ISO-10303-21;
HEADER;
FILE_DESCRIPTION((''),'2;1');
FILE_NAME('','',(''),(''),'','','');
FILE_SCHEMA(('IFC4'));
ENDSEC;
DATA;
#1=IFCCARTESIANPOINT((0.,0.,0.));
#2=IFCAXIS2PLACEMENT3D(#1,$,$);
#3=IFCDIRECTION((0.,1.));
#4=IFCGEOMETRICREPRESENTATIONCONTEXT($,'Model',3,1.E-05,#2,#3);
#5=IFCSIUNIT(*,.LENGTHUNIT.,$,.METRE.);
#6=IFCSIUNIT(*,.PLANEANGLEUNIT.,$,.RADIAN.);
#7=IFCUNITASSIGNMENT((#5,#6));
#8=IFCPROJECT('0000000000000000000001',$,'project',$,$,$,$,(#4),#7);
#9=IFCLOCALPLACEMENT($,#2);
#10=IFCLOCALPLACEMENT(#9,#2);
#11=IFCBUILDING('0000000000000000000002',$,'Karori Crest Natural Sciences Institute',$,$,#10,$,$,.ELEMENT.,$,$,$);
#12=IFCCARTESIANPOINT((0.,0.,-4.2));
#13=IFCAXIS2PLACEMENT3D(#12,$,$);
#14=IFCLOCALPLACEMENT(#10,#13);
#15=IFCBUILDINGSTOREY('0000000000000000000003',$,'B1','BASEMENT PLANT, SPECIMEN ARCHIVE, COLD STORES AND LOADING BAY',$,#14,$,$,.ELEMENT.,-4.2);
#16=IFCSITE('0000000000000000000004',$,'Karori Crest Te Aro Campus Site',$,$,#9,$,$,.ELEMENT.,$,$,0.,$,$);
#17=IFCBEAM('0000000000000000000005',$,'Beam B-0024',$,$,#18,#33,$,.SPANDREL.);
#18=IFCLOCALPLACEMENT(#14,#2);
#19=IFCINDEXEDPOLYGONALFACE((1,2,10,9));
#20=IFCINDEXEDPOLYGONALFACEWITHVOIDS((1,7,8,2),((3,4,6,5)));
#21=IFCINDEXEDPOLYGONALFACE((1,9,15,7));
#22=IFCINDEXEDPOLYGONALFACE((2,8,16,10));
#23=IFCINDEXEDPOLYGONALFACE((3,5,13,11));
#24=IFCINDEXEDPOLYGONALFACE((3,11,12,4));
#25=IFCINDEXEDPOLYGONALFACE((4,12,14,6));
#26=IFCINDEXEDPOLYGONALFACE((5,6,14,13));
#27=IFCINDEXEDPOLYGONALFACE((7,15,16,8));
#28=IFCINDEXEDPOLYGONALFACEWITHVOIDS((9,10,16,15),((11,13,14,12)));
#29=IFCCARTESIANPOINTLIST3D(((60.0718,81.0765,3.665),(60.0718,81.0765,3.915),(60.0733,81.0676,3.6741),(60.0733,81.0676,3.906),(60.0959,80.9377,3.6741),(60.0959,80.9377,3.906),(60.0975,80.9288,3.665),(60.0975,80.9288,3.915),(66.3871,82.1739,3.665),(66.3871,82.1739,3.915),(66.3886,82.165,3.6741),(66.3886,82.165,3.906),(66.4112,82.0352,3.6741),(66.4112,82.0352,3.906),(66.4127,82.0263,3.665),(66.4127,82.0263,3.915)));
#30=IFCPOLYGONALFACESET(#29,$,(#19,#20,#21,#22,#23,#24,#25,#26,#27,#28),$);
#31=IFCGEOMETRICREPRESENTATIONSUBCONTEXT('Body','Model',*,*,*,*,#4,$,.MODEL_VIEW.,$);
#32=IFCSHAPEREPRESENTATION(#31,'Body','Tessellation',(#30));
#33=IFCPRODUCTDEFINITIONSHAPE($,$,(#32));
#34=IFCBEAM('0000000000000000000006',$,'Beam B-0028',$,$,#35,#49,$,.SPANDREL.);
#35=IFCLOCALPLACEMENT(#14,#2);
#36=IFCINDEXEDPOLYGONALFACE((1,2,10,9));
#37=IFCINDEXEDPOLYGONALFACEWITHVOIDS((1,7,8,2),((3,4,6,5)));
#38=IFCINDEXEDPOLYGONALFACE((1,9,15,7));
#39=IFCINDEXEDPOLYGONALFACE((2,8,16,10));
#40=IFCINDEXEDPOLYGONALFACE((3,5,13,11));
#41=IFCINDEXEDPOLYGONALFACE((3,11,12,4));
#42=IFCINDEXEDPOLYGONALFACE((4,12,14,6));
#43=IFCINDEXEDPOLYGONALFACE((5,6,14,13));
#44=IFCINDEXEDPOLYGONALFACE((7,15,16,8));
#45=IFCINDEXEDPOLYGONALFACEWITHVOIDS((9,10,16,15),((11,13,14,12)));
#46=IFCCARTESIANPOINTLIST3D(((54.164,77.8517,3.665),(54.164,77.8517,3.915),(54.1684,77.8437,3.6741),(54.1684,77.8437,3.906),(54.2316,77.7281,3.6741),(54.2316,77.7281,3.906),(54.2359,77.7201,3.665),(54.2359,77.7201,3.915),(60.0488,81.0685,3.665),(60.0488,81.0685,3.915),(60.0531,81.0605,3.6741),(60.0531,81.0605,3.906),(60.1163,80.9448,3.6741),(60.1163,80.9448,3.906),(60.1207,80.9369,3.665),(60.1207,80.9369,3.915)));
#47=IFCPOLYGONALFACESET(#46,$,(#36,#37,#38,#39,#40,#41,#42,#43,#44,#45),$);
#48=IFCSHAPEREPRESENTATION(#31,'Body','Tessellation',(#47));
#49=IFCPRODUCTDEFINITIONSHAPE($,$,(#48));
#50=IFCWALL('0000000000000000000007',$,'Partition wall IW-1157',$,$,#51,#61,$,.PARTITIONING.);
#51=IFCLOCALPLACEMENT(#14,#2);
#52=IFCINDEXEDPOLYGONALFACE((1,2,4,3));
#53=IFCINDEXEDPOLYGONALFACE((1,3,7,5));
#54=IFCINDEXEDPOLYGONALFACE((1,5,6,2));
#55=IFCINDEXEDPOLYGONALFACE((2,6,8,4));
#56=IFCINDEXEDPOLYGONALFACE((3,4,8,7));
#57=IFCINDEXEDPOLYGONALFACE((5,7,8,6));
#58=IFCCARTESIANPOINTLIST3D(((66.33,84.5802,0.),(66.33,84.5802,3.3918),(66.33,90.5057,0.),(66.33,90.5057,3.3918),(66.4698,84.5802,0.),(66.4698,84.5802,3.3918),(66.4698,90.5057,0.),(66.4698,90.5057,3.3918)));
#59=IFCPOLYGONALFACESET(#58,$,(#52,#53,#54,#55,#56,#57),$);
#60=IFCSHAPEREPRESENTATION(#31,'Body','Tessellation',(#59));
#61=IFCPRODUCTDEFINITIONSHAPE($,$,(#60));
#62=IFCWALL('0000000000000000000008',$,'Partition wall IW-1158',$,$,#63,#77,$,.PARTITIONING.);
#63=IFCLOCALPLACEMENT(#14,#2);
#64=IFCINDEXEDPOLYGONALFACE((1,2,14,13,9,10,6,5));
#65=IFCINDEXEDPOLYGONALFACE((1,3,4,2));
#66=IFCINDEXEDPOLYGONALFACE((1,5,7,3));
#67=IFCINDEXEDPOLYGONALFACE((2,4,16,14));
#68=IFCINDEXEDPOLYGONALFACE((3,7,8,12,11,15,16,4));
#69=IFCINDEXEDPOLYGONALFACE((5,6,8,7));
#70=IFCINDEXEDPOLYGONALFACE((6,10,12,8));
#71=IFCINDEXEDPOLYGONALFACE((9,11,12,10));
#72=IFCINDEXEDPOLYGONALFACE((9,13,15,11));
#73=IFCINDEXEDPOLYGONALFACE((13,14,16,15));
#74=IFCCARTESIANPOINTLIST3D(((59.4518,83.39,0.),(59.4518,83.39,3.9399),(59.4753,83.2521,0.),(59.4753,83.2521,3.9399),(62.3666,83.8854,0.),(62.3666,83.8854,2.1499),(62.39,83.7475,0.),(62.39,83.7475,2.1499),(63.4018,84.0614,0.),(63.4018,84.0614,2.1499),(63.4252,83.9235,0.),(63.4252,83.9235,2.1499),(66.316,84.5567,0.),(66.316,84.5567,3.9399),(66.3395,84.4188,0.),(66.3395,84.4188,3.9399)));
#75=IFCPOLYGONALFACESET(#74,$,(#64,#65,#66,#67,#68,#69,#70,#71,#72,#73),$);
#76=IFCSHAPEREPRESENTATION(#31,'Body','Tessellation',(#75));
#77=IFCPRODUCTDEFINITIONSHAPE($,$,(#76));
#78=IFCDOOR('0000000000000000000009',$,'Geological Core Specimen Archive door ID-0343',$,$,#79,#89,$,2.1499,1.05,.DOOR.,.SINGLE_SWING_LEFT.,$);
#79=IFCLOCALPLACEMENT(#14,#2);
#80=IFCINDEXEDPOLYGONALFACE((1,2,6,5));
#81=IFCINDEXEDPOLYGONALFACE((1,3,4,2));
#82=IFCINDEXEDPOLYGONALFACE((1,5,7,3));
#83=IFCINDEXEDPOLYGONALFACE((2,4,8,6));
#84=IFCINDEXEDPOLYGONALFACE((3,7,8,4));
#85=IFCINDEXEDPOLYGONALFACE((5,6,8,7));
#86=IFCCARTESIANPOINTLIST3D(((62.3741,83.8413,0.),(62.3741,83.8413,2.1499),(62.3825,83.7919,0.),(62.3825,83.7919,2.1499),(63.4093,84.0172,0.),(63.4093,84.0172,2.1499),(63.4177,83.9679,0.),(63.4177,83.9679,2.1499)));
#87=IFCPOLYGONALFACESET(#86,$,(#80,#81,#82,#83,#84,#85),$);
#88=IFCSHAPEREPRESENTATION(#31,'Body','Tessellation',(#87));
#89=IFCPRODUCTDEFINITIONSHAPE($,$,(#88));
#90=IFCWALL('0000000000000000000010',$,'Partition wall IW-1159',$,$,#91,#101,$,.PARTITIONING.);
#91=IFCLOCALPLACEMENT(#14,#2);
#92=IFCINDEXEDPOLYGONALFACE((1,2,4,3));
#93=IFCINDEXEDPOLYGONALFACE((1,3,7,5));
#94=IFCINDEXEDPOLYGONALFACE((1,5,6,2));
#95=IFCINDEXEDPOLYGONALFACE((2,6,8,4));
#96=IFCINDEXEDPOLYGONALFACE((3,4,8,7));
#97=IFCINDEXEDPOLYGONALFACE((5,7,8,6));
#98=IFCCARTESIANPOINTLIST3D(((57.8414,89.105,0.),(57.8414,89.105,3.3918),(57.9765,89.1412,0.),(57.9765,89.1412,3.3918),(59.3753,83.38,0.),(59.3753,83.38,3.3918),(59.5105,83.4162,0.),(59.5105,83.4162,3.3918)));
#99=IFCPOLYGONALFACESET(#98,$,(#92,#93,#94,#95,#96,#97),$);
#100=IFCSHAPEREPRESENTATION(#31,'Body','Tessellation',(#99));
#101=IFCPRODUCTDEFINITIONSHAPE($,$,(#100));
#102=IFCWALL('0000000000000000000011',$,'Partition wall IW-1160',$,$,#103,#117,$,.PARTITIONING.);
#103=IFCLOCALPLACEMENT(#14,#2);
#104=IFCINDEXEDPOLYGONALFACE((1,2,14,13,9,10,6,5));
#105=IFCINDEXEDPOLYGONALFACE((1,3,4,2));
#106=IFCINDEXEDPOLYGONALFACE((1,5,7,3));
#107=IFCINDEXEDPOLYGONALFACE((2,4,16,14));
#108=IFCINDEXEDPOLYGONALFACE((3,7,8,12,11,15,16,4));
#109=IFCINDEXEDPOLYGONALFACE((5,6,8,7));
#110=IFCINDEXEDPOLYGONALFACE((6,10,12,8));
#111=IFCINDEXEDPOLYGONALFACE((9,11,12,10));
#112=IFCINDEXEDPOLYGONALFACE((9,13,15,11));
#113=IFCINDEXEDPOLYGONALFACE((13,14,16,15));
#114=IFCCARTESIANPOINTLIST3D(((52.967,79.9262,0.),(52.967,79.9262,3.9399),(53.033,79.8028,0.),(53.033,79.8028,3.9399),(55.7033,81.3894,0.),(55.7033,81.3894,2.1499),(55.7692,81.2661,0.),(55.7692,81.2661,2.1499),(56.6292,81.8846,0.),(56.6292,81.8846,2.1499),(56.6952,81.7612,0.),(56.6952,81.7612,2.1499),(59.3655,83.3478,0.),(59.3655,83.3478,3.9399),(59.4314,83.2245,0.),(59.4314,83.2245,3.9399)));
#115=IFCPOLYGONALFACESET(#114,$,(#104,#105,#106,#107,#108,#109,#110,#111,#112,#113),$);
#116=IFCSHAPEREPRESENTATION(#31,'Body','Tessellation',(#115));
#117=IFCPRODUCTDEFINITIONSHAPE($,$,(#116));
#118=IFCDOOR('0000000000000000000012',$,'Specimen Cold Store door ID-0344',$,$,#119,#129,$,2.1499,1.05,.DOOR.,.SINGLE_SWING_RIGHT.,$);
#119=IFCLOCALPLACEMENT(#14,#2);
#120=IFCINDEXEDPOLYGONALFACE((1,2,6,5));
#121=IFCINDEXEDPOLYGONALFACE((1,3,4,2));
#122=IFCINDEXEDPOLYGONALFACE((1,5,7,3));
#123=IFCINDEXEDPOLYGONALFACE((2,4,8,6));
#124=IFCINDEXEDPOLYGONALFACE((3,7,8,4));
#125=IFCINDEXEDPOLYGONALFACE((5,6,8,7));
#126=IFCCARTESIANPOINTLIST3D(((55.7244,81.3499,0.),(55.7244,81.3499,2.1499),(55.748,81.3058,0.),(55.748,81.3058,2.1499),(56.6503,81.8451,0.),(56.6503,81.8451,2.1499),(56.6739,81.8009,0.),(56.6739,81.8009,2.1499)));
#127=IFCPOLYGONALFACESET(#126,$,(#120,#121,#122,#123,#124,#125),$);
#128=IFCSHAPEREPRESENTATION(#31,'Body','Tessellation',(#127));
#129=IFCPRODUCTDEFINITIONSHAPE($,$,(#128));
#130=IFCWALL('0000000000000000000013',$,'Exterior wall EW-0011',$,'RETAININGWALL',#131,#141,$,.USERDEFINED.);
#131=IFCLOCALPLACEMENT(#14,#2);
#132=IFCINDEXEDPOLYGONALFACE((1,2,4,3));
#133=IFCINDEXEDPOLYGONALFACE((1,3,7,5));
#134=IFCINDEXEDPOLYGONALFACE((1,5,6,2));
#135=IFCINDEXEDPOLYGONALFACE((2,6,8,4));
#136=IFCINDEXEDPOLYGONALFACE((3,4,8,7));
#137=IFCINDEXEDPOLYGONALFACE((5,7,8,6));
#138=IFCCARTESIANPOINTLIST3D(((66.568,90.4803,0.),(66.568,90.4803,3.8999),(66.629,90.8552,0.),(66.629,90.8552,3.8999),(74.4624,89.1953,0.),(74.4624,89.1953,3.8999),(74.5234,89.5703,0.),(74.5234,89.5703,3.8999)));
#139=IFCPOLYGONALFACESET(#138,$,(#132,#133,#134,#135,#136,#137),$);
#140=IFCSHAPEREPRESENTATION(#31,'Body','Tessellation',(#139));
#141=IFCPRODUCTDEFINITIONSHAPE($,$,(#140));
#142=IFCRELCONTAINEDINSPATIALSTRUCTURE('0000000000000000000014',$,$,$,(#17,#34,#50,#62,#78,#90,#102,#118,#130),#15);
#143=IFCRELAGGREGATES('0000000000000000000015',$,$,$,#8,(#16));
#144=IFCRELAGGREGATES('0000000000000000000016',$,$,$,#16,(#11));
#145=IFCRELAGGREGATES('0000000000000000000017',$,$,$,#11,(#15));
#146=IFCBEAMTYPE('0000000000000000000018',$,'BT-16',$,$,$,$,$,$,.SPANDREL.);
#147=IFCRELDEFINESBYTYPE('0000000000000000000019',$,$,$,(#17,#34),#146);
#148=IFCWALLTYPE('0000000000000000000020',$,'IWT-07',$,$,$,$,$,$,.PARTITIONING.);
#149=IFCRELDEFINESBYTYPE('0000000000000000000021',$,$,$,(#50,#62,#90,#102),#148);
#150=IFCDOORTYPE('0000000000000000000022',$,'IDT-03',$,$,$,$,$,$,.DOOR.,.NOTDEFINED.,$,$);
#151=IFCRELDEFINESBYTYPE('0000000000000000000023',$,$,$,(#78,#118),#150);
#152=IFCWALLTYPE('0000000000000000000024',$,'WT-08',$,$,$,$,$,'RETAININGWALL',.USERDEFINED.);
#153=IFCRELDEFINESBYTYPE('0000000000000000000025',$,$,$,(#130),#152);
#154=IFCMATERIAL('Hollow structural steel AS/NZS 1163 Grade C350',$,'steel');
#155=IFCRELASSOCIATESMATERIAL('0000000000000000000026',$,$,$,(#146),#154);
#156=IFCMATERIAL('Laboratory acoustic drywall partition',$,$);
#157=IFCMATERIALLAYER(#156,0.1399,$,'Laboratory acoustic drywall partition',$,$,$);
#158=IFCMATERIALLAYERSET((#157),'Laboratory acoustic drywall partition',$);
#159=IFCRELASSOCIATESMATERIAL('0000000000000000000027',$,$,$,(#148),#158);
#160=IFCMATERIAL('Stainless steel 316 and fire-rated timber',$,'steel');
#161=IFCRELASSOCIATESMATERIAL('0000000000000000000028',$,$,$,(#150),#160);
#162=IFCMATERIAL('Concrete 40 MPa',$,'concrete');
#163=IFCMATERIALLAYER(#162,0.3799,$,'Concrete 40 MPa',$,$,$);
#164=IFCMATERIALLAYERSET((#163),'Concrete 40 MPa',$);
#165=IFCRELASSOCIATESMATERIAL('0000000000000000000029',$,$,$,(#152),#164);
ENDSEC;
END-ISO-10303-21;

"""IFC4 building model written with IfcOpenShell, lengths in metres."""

from ifc_helpers import new_model, si_unit, direction, frame, frame_2d, origin, origin_2d, place, context, subcontext, project, spatial, rectangle, hollow_rectangle, extrude, material, layer, layer_set, material_profile, profile_set, type_object, element, fill, save


model = new_model("IFC4")

# Units and contexts
model_context = context("Model", 3, precision=1e-05, world=origin(), true_north=direction((0.0, 1.0)))
body_context = subcontext(model_context, "Body", "Model", "MODEL_VIEW")
ifc_project = project(units=[si_unit("LENGTHUNIT", "METRE"), si_unit("PLANEANGLEUNIT", "RADIAN")], contexts=[model_context])

# Site, building, storey
site_placement = place(None, origin())
site = spatial("IfcSite", under=ifc_project, at=site_placement, Name="Karori Crest Te Aro Campus Site", CompositionType="ELEMENT", RefElevation=0.0)
building_placement = place(site_placement, origin())
building = spatial("IfcBuilding", under=site, at=building_placement, Name="Karori Crest Natural Sciences Institute", CompositionType="ELEMENT")
storey_placement = place(building_placement, frame((0.0, 0.0, -4.2)))
storey = spatial("IfcBuildingStorey", under=building, at=storey_placement, Name="B1", Description="BASEMENT PLANT, SPECIMEN ARCHIVE, COLD STORES AND LOADING BAY", CompositionType="ELEMENT", Elevation=-4.2)

# Shared definitions
ifc_material_1 = material(Name="Concrete 40 MPa", Category="concrete")

# Shared definitions
ifc_material_2 = material(Name="Hollow structural steel AS/NZS 1163 Grade C350", Category="steel")

# Beams
ifc_material_profile_1 = material_profile(ifc_material_2, hollow_rectangle(XDim=0.1499, YDim=0.25, WallThickness=0.009, at=origin_2d()), Name="RHS250x150x9")
ifc_profile_set_1 = profile_set([ifc_material_profile_1], Name="Hollow structural steel AS/NZS 1163 Grade C350")
beam_type_1 = type_object("IfcBeamType", Name="BT-16", PredefinedType="SPANDREL", material=ifc_profile_set_1)
for number, where, z_axis, x_axis, name in (
    (1, (66.3999, 82.1001, 3.79), (-0.985235, -0.171208, 0.0), (0.171208, -0.985235, 0.0), "Beam B-0024"),
):
    element("IfcBeam", number, at=place(storey_placement, frame(where, z_axis=z_axis, x_axis=x_axis)), inside=storey, type_object=beam_type_1, Name=name, PredefinedType="SPANDREL", context=body_context, shape_type="SweptSolid", body=[
        extrude(hollow_rectangle(XDim=0.1499, YDim=0.25, WallThickness=0.009, at=origin_2d()), origin(), (0.0, 0.0, 1.0), 6.4099),
    ])
beam_1_placement = place(storey_placement, frame((60.0847, 81.0027, 3.79), z_axis=(-0.877461, -0.479648, 0.0), x_axis=(0.479648, -0.877461, 0.0)))
element("IfcBeam", 2, at=beam_1_placement, inside=storey, type_object=beam_type_1, Name="Beam B-0028", PredefinedType="SPANDREL", context=body_context, shape_type="SweptSolid", body=[
    extrude(hollow_rectangle(XDim=0.1499, YDim=0.25, WallThickness=0.009, at=origin_2d()), origin(), (0.0, 0.0, 1.0), 6.7065),
])

# Wall
ifc_material_3 = material(Name="Laboratory acoustic drywall partition")
ifc_layer_1 = layer(ifc_material_3, 0.1399, Name="Laboratory acoustic drywall partition")
ifc_layer_set_1 = layer_set([ifc_layer_1], Name="Laboratory acoustic drywall partition")
wall_type_1 = type_object("IfcWallType", Name="IWT-07", PredefinedType="PARTITIONING", material=ifc_layer_set_1)
wall_1_placement = place(storey_placement, frame((66.3999, 84.5801, 0.0), z_axis=(0.0, 0.0, 1.0), x_axis=(0.0, 1.0, 0.0)))
element("IfcWall", 3, at=wall_1_placement, inside=storey, type_object=wall_type_1, Name="Partition wall IW-1157", PredefinedType="PARTITIONING", context=body_context, shape_type="SweptSolid", body=[
    extrude(rectangle(XDim=5.9255, YDim=0.1399, at=frame_2d((2.9629, 0.0))), origin(), (0.0, 0.0, 1.0), 3.3918),
])

# Wall, opening, door
wall_2_placement = place(storey_placement, frame((66.3279, 84.4878, 0.0), z_axis=(0.0, 0.0, 1.0), x_axis=(-0.98586, -0.167571, 0.0)))
wall_2 = element("IfcWall", 4, at=wall_2_placement, inside=storey, type_object=wall_type_1, Name="Partition wall IW-1158", PredefinedType="PARTITIONING", context=body_context, shape_type="SweptSolid", body=[
    extrude(rectangle(XDim=6.9626, YDim=0.1399, at=frame_2d((3.4814, 0.0))), origin(), (0.0, 0.0, 1.0), 3.9399),
])
opening_1_placement = place(wall_2_placement, frame((2.9563, 0.0, 0.0)))
opening_1 = element("IfcOpeningElement", 5, at=opening_1_placement, cuts=wall_2, PredefinedType="OPENING", context=body_context, shape_type="SweptSolid", body=[
    extrude(rectangle(XDim=1.05, YDim=2.1499, at=frame_2d((0.5249, 1.075))), frame((0.0, 0.0801, 0.0), z_axis=(0.0, -1.0, 0.0), x_axis=(1.0, 0.0, 0.0)), (0.0, 0.0, 1.0), 0.1599),
])
ifc_material_4 = material(Name="Stainless steel 316 and fire-rated timber", Category="steel")
door_type = type_object("IfcDoorType", Name="IDT-03", OperationType="NOTDEFINED", PredefinedType="DOOR", material=ifc_material_4)
door_1_placement = place(opening_1_placement, origin())
door_1 = element("IfcDoor", 6, at=door_1_placement, inside=storey, type_object=door_type, Name="Geological Core Specimen Archive door ID-0343", OperationType="SINGLE_SWING_LEFT", OverallHeight=2.1499, OverallWidth=1.05, PredefinedType="DOOR", context=body_context, shape_type="SweptSolid", body=[
    extrude(rectangle(XDim=1.05, YDim=2.1499, at=frame_2d((0.5249, 1.075))), frame((0.0, 0.0249, 0.0), z_axis=(0.0, -1.0, 0.0), x_axis=(1.0, 0.0, 0.0)), (0.0, 0.0, 1.0), 0.05),
])
fill(opening_1, door_1)

# Wall
wall_3_placement = place(storey_placement, frame((59.4429, 83.3982, 0.0), z_axis=(0.0, 0.0, 1.0), x_axis=(-0.258803, 0.96593, 0.0)))
element("IfcWall", 7, at=wall_3_placement, inside=storey, type_object=wall_type_1, Name="Partition wall IW-1159", PredefinedType="PARTITIONING", context=body_context, shape_type="SweptSolid", body=[
    extrude(rectangle(XDim=5.927, YDim=0.1399, at=frame_2d((2.9634, 0.0))), origin(), (0.0, 0.0, 1.0), 3.3918),
])

# Wall, opening, door
wall_4_placement = place(storey_placement, frame((59.3984, 83.2861, 0.0), z_axis=(0.0, 0.0, 1.0), x_axis=(-0.88183, -0.471568, 0.0)))
wall_4 = element("IfcWall", 8, at=wall_4_placement, inside=storey, type_object=wall_type_1, Name="Partition wall IW-1160", PredefinedType="PARTITIONING", context=body_context, shape_type="SweptSolid", body=[
    extrude(rectangle(XDim=7.2559, YDim=0.1399, at=frame_2d((3.6279, 0.0))), origin(), (0.0, 0.0, 1.0), 3.9399),
])
opening_2_placement = place(wall_4_placement, frame((3.103, 0.0, 0.0)))
opening_2 = element("IfcOpeningElement", 9, at=opening_2_placement, cuts=wall_4, PredefinedType="OPENING", context=body_context, shape_type="SweptSolid", body=[
    extrude(rectangle(XDim=1.05, YDim=2.1499, at=frame_2d((0.5249, 1.075))), frame((0.0, 0.0801, 0.0), z_axis=(0.0, -1.0, 0.0), x_axis=(1.0, 0.0, 0.0)), (0.0, 0.0, 1.0), 0.1599),
])
door_2_placement = place(opening_2_placement, origin())
door_2 = element("IfcDoor", 10, at=door_2_placement, inside=storey, type_object=door_type, Name="Specimen Cold Store door ID-0344", OperationType="SINGLE_SWING_RIGHT", OverallHeight=2.1499, OverallWidth=1.05, PredefinedType="DOOR", context=body_context, shape_type="SweptSolid", body=[
    extrude(rectangle(XDim=1.05, YDim=2.1499, at=frame_2d((0.5249, 1.075))), frame((0.0, 0.0249, 0.0), z_axis=(0.0, -1.0, 0.0), x_axis=(1.0, 0.0, 0.0)), (0.0, 0.0, 1.0), 0.05),
])
fill(opening_2, door_2)

# Wall
ifc_layer_2 = layer(ifc_material_1, 0.3799, Name="Concrete 40 MPa")
ifc_layer_set_2 = layer_set([ifc_layer_2], Name="Concrete 40 MPa")
wall_type_2 = type_object("IfcWallType", Name="WT-08", ElementType="RETAININGWALL", PredefinedType="USERDEFINED", material=ifc_layer_set_2)
wall_5_placement = place(storey_placement, frame((66.5986, 90.6677, 0.0), z_axis=(0.0, 0.0, 1.0), x_axis=(0.987011, -0.160651, 0.0)))
element("IfcWall", 11, at=wall_5_placement, inside=storey, type_object=wall_type_2, Name="Exterior wall EW-0011", ObjectType="RETAININGWALL", PredefinedType="USERDEFINED", context=body_context, shape_type="SweptSolid", body=[
    extrude(rectangle(XDim=7.9983, YDim=0.3799, at=frame_2d((3.999, 0.0))), origin(), (0.0, 0.0, 1.0), 3.8999),
])

save(model, "model.ifc")
